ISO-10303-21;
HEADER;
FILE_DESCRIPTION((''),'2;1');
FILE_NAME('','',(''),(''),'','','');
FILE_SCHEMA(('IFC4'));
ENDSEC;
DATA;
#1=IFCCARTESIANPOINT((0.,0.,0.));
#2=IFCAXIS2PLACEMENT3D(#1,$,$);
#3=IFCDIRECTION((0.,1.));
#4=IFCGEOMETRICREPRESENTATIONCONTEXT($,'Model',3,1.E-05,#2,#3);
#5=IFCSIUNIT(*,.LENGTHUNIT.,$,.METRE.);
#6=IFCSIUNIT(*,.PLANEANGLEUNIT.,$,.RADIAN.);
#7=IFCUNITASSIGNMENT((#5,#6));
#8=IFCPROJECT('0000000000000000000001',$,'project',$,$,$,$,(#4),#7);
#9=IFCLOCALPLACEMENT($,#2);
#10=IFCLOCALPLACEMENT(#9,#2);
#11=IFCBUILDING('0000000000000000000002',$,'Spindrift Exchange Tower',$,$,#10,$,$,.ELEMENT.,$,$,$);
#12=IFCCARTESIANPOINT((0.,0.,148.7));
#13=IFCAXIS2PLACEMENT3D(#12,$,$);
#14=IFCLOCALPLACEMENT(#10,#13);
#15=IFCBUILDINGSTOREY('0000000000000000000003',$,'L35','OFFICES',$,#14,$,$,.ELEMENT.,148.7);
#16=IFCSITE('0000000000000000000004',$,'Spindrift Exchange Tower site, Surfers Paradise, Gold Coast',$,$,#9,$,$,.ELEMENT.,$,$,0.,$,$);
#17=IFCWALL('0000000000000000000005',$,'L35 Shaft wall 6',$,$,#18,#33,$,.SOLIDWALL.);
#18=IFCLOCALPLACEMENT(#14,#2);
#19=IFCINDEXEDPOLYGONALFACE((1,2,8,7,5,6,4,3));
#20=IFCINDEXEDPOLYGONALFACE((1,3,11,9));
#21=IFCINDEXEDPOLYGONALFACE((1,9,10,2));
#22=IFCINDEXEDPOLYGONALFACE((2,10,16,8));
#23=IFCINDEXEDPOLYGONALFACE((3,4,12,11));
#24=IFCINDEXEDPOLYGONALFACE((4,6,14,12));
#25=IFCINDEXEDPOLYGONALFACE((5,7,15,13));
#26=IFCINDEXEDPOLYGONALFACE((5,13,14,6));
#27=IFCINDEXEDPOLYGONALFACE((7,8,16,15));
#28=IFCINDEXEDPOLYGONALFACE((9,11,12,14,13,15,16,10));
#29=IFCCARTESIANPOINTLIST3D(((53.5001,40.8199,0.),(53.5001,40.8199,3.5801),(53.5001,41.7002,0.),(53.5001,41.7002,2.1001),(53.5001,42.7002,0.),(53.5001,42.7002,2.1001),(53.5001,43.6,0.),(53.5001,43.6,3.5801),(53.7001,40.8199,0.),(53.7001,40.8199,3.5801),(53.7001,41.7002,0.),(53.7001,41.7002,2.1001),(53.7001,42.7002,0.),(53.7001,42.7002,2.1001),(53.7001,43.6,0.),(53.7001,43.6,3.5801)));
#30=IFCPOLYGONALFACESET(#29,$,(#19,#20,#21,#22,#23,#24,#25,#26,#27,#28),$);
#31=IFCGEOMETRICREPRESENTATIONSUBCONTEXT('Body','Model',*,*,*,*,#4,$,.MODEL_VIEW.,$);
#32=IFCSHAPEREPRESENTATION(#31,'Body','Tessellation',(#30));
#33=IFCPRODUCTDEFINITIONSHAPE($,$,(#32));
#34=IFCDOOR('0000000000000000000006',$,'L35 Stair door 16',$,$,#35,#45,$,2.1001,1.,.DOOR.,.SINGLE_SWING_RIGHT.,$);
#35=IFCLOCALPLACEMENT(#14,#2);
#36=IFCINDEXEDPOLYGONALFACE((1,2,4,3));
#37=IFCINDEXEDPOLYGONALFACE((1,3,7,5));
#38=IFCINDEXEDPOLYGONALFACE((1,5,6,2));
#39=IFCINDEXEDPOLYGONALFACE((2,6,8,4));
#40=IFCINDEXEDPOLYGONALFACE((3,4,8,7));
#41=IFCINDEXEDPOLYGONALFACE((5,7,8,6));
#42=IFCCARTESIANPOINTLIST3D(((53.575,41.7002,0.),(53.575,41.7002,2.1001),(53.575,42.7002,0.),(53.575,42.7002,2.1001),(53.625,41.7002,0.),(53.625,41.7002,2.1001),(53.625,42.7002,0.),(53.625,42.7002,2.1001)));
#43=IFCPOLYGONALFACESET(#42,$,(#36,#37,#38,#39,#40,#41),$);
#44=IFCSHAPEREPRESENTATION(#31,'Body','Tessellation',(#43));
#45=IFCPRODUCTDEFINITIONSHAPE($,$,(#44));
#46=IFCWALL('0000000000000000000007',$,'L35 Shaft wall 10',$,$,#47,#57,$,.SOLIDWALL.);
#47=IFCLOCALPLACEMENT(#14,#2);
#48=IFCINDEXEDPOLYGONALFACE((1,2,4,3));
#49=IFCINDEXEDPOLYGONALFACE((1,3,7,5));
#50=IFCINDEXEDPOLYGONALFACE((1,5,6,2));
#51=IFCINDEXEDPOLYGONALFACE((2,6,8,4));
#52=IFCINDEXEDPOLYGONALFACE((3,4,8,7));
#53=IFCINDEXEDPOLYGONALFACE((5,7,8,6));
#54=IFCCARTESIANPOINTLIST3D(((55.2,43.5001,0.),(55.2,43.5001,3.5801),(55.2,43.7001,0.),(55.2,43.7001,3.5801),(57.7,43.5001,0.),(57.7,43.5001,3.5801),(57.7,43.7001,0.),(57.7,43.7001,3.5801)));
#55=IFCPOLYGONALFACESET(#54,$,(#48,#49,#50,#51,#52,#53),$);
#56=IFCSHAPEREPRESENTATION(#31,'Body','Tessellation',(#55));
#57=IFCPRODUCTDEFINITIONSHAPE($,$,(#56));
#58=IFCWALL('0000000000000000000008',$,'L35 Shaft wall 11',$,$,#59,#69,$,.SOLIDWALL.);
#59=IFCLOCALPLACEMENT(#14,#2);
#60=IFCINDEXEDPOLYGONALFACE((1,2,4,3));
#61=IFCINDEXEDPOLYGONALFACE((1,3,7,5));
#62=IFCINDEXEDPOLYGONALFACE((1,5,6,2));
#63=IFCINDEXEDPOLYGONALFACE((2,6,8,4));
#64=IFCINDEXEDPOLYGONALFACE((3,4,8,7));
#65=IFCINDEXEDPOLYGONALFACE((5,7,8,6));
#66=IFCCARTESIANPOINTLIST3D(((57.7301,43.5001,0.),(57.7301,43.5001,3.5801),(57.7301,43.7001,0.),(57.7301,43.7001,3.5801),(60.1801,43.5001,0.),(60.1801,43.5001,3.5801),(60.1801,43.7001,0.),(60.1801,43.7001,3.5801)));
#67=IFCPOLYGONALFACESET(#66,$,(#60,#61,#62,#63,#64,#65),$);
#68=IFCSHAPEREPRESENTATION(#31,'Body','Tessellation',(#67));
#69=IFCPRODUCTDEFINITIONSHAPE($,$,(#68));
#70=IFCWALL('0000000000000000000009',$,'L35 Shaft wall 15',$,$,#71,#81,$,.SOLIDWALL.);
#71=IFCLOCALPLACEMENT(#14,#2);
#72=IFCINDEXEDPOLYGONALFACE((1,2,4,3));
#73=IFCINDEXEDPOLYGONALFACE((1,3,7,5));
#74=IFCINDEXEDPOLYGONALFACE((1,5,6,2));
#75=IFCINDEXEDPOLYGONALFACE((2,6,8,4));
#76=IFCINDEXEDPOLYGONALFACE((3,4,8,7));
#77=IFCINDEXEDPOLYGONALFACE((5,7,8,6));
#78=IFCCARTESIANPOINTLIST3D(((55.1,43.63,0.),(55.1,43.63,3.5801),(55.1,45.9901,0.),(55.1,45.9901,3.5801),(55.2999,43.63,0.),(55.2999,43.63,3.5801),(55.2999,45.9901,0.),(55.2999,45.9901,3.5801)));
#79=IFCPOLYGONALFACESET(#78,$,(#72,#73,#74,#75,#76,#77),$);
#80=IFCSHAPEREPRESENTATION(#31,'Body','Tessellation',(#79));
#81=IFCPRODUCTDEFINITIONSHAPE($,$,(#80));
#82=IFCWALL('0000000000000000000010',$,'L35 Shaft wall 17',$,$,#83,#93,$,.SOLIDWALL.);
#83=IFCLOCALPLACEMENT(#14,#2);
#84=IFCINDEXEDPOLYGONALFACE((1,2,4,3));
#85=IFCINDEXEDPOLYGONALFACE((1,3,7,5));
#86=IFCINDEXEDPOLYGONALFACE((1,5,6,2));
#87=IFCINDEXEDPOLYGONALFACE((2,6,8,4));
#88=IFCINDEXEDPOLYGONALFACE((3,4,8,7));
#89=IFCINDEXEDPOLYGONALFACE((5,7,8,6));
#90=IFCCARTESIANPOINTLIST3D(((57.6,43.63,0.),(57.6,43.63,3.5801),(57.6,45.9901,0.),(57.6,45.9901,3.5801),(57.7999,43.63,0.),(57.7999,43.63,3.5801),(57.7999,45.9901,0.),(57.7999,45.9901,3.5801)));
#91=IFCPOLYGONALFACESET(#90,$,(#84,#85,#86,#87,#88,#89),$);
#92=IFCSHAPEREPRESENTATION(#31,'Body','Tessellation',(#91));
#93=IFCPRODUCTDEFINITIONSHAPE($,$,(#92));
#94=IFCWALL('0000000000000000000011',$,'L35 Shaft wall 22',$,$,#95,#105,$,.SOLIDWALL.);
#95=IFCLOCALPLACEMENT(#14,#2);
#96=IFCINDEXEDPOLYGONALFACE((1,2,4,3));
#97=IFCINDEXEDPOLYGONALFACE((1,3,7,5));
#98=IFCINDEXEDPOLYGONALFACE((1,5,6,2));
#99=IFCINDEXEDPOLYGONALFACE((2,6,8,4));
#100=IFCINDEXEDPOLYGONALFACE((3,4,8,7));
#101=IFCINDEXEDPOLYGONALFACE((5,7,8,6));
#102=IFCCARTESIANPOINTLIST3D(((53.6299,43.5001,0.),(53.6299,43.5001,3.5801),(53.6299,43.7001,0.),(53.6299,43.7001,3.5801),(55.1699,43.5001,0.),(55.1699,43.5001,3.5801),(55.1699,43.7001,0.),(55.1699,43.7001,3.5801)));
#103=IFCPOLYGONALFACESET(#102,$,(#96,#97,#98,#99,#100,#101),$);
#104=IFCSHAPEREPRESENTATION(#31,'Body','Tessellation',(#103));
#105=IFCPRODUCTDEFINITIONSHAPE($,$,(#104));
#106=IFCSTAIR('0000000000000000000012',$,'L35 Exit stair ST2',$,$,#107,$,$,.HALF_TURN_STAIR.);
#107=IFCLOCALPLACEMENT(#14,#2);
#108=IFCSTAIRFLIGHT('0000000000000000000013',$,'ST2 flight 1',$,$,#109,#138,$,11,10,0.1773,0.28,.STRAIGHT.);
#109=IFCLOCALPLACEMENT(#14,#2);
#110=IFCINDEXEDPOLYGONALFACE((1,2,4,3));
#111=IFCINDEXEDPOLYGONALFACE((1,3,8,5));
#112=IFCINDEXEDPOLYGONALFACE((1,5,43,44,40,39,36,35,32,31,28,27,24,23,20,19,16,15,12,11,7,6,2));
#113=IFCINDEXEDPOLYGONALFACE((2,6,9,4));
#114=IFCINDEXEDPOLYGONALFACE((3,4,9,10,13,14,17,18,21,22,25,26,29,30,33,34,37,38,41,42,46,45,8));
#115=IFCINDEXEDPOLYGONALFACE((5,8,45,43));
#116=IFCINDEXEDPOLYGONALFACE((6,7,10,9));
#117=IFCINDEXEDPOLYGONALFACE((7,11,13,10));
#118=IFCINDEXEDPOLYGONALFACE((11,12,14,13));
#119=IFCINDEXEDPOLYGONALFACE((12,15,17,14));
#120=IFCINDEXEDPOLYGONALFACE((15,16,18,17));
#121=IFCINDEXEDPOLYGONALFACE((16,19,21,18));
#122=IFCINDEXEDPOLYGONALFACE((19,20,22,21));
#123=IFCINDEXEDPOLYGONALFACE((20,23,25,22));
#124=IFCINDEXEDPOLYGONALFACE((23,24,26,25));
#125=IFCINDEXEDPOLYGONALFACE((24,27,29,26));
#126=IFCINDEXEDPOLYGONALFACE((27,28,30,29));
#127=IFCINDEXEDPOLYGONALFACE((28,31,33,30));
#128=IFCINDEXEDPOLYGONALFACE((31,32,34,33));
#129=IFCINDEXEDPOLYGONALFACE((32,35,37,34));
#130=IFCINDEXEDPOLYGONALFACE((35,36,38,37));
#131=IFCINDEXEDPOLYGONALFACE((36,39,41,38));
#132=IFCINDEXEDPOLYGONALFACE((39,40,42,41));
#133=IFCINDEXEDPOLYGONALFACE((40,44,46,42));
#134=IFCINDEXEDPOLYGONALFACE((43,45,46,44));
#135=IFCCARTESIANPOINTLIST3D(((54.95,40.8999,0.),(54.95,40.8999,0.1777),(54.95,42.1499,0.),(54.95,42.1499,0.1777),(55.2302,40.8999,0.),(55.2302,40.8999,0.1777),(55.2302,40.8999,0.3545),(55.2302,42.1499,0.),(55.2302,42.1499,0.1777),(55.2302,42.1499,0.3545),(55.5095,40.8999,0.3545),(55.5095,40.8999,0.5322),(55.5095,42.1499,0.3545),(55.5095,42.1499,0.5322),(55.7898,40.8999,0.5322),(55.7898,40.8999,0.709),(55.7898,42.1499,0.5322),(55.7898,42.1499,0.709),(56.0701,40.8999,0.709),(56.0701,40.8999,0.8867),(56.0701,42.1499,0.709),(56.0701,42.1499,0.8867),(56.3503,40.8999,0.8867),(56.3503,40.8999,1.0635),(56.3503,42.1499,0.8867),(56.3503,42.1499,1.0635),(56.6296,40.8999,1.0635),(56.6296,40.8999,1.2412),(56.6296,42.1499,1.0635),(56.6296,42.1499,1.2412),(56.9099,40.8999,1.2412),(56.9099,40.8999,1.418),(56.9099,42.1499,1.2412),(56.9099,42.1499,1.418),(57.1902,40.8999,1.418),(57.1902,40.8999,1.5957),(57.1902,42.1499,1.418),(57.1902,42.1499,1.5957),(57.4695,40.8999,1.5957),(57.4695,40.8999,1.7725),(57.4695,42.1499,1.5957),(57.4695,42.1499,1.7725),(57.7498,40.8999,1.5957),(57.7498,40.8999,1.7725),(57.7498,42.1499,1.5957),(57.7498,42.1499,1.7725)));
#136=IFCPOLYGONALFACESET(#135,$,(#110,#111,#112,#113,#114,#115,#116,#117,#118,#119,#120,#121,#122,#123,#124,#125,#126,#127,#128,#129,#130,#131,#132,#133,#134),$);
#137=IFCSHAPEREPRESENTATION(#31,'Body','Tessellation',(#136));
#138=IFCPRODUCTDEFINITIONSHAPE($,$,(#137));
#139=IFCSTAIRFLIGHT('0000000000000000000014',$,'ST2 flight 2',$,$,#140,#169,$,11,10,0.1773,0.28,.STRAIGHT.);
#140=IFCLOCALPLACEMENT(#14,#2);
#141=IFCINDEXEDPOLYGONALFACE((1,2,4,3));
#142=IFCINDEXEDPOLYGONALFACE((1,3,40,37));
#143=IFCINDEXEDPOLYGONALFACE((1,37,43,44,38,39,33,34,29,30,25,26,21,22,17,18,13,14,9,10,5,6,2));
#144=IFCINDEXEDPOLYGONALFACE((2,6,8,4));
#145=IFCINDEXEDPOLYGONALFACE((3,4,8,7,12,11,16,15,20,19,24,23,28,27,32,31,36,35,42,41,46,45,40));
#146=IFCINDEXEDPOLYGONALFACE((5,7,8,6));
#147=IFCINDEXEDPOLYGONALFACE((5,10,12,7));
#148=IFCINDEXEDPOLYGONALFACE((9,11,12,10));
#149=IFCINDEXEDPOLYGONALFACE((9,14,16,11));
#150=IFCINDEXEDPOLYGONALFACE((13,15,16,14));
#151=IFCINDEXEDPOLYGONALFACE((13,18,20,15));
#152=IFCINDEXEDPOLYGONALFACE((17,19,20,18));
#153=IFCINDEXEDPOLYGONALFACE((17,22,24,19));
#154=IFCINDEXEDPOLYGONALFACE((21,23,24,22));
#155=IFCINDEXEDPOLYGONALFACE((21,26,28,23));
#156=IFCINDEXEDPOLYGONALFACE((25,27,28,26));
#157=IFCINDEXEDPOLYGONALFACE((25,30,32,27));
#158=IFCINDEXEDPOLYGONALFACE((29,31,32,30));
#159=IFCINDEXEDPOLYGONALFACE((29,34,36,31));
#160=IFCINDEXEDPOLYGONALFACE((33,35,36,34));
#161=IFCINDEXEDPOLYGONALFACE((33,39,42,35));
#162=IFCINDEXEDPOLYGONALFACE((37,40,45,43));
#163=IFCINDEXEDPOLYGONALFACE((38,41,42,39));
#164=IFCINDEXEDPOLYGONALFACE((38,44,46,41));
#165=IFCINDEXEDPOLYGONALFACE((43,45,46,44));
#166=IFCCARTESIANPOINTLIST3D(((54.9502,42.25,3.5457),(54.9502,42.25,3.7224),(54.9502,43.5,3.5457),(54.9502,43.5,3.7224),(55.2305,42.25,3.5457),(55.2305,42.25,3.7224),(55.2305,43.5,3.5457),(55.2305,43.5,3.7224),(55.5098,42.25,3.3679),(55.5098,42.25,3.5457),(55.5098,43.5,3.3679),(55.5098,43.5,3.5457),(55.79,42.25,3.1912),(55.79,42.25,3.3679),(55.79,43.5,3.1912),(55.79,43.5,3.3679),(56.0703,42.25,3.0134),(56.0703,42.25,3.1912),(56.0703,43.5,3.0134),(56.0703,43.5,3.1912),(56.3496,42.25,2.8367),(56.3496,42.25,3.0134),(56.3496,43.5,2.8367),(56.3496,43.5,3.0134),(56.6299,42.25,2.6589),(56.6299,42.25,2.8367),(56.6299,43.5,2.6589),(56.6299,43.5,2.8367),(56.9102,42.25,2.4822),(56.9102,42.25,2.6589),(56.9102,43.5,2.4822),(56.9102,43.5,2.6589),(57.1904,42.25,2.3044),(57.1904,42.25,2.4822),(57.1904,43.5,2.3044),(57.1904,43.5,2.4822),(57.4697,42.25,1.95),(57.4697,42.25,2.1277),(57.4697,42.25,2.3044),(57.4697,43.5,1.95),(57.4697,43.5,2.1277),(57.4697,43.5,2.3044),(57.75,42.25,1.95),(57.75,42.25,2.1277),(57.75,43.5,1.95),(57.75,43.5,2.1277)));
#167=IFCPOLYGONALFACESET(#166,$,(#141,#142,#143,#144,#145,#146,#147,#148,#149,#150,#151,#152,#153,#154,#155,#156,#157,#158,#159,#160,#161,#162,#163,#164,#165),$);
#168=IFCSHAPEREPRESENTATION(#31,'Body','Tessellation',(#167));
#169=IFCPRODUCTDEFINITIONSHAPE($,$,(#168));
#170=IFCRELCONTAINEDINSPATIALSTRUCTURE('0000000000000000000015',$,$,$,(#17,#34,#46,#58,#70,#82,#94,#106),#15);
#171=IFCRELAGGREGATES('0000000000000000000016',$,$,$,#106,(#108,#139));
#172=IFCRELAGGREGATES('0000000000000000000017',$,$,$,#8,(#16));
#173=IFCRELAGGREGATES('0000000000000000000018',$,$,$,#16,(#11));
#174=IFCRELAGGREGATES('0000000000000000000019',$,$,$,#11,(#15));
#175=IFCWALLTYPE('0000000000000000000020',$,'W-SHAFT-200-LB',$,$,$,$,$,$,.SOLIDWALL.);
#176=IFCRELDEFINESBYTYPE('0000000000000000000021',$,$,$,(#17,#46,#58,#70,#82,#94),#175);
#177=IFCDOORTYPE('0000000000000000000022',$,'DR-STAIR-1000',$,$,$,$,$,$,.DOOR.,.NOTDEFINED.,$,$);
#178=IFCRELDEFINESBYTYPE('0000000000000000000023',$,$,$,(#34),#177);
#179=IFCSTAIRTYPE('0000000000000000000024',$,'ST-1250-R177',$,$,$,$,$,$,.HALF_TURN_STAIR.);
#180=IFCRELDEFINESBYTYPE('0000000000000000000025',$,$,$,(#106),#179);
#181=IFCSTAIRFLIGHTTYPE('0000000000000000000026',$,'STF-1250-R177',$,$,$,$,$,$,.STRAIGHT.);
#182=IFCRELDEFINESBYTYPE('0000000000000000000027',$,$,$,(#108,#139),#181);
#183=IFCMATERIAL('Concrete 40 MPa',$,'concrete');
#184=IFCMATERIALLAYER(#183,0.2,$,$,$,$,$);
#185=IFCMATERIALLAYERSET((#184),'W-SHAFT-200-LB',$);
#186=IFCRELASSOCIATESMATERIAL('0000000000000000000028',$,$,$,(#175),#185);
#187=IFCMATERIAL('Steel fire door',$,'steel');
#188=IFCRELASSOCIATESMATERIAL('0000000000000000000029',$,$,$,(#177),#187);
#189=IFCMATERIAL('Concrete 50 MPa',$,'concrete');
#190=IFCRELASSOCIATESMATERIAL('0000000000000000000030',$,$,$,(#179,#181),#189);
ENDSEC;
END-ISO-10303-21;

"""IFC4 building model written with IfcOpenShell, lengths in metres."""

from ifc_helpers import new_model, si_unit, direction, frame, frame_2d, origin, place, context, subcontext, project, spatial, line, indexed_curve, rectangle, outline, extrude, source, transform, mapped, material, layer, layer_set, type_object, element, fill, aggregate, save


model = new_model("IFC4")

# Units and contexts
model_context = context("Model", 3, precision=1e-05, world=origin(), true_north=direction((0.0, 1.0)))
body_context = subcontext(model_context, "Body", "Model", "MODEL_VIEW")
ifc_project = project(units=[si_unit("LENGTHUNIT", "METRE"), si_unit("PLANEANGLEUNIT", "RADIAN")], contexts=[model_context])

# Site, building, storey
site_placement = place(None, origin())
site = spatial("IfcSite", under=ifc_project, at=site_placement, Name="Spindrift Exchange Tower site, Surfers Paradise, Gold Coast", CompositionType="ELEMENT", RefElevation=0.0)
building_placement = place(site_placement, origin())
building = spatial("IfcBuilding", under=site, at=building_placement, Name="Spindrift Exchange Tower", CompositionType="ELEMENT")
storey_placement = place(building_placement, frame((0.0, 0.0, 148.7)))
storey = spatial("IfcBuildingStorey", under=building, at=storey_placement, Name="L35", Description="OFFICES", CompositionType="ELEMENT", Elevation=148.7)

# Wall, opening, door
ifc_material_1 = material(Name="Concrete 40 MPa", Category="concrete")
ifc_layer_1 = layer(ifc_material_1, 0.2)
ifc_layer_set_1 = layer_set([ifc_layer_1], Name="W-SHAFT-200-LB")
wall_type_1 = type_object("IfcWallType", Name="W-SHAFT-200-LB", PredefinedType="SOLIDWALL", material=ifc_layer_set_1)
wall_1_placement = place(storey_placement, frame((53.6001, 43.6001, 0.0), z_axis=(0.0, 0.0, 1.0), x_axis=(0.0, -1.0, 0.0)))
wall_1 = element("IfcWall", 1, at=wall_1_placement, inside=storey, type_object=wall_type_1, Name="L35 Shaft wall 6", PredefinedType="SOLIDWALL", context=body_context, shape_type="SweptSolid", body=[
    extrude(rectangle(XDim=2.78, YDim=0.2, at=frame_2d((1.3901, 0.0))), origin(), (0.0, 0.0, 1.0), 3.5801),
])
opening_1_placement = place(wall_1_placement, frame((0.8999, 0.0, 0.0)))
opening_1 = element("IfcOpeningElement", 2, at=opening_1_placement, cuts=wall_1, PredefinedType="OPENING", context=body_context, shape_type="SweptSolid", body=[
    extrude(rectangle(XDim=1.0, YDim=2.1001, at=frame_2d((0.5, 1.05))), frame((0.0, 0.1099, 0.0), z_axis=(0.0, -1.0, 0.0), x_axis=(1.0, 0.0, 0.0)), (0.0, 0.0, 1.0), 0.22),
])
ifc_material_2 = material(Name="Steel fire door", Category="steel")
door_type_1 = type_object("IfcDoorType", Name="DR-STAIR-1000", OperationType="NOTDEFINED", PredefinedType="DOOR", material=ifc_material_2)
shared_shape_1 = source(origin(), body_context, "Body", "SweptSolid", [
    extrude(rectangle(XDim=1.0, YDim=2.1001, at=frame_2d((0.5, 1.05))), frame((0.0, 0.0249, 0.0), z_axis=(0.0, -1.0, 0.0), x_axis=(1.0, 0.0, 0.0)), (0.0, 0.0, 1.0), 0.05),
])
door_1_placement = place(opening_1_placement, origin())
door_1 = element("IfcDoor", 3, at=door_1_placement, inside=storey, type_object=door_type_1, Name="L35 Stair door 16", OperationType="SINGLE_SWING_RIGHT", OverallHeight=2.1001, OverallWidth=1.0, PredefinedType="DOOR", context=body_context, shape_type="MappedRepresentation", body=[
    mapped(shared_shape_1, transform((0.0, 0.0, 0.0), scale=1.0)),
])
fill(opening_1, door_1)

# Walls
wall_2_placement = place(storey_placement, frame((55.2, 43.6001, 0.0), z_axis=(0.0, 0.0, 1.0), x_axis=(1.0, 0.0, 0.0)))
element("IfcWall", 4, at=wall_2_placement, inside=storey, type_object=wall_type_1, Name="L35 Shaft wall 10", PredefinedType="SOLIDWALL", context=body_context, shape_type="SweptSolid", body=[
    extrude(rectangle(XDim=2.5, YDim=0.2, at=frame_2d((1.25, 0.0))), origin(), (0.0, 0.0, 1.0), 3.5801),
])
wall_3_placement = place(storey_placement, frame((57.73, 43.6001, 0.0), z_axis=(0.0, 0.0, 1.0), x_axis=(1.0, 0.0, 0.0)))
element("IfcWall", 5, at=wall_3_placement, inside=storey, type_object=wall_type_1, Name="L35 Shaft wall 11", PredefinedType="SOLIDWALL", context=body_context, shape_type="SweptSolid", body=[
    extrude(rectangle(XDim=2.45, YDim=0.2, at=frame_2d((1.2251, 0.0))), origin(), (0.0, 0.0, 1.0), 3.5801),
])
for number, where, z_axis, x_axis, name in (
    (6, (55.2, 43.6299, 0.0), (0.0, 0.0, 1.0), (0.0, 1.0, 0.0), "L35 Shaft wall 15"),
    (7, (57.7, 43.6299, 0.0), (0.0, 0.0, 1.0), (0.0, 1.0, 0.0), "L35 Shaft wall 17"),
):
    element("IfcWall", number, at=place(storey_placement, frame(where, z_axis=z_axis, x_axis=x_axis)), inside=storey, type_object=wall_type_1, Name=name, PredefinedType="SOLIDWALL", context=body_context, shape_type="SweptSolid", body=[
        extrude(rectangle(XDim=2.3601, YDim=0.2, at=frame_2d((1.1802, 0.0))), origin(), (0.0, 0.0, 1.0), 3.5801),
    ])
wall_4_placement = place(storey_placement, frame((53.6299, 43.6001, 0.0), z_axis=(0.0, 0.0, 1.0), x_axis=(1.0, 0.0, 0.0)))
element("IfcWall", 8, at=wall_4_placement, inside=storey, type_object=wall_type_1, Name="L35 Shaft wall 22", PredefinedType="SOLIDWALL", context=body_context, shape_type="SweptSolid", body=[
    extrude(rectangle(XDim=1.54, YDim=0.2, at=frame_2d((0.77, 0.0))), origin(), (0.0, 0.0, 1.0), 3.5801),
])

# Stair, stair flights
ifc_material_3 = material(Name="Concrete 50 MPa", Category="concrete")
stair_type = type_object("IfcStairType", Name="ST-1250-R177", PredefinedType="HALF_TURN_STAIR", material=ifc_material_3)
stair_placement = place(storey_placement, origin())
stair = element("IfcStair", 9, at=stair_placement, inside=storey, type_object=stair_type, Name="L35 Exit stair ST2", PredefinedType="HALF_TURN_STAIR")
stair_flight_type = type_object("IfcStairFlightType", Name="STF-1250-R177", PredefinedType="STRAIGHT", material=ifc_material_3)
stair_flight_1_placement = place(storey_placement, frame((54.95, 41.5249, 0.0), z_axis=(0.0, 0.0, 1.0), x_axis=(1.0, 0.0, 0.0)))
stair_flight_1 = element("IfcStairFlight", 10, at=stair_flight_1_placement, type_object=stair_flight_type, Name="ST2 flight 1", NumberOfRisers=11, NumberOfTreads=10, PredefinedType="STRAIGHT", RiserHeight=0.1773, TreadLength=0.28, context=body_context, shape_type="SweptSolid", body=[
    extrude(outline(indexed_curve([(0.0, 0.0), (0.0, 0.1777), (0.2803, 0.1777), (0.2803, 0.3545), (0.5596, 0.3545), (0.5596, 0.5322), (0.8398, 0.5322), (0.8398, 0.709), (1.1201, 0.709), (1.1201, 0.8867), (1.4004, 0.8867), (1.4004, 1.0635), (1.6797, 1.0635), (1.6797, 1.2412), (1.96, 1.2412), (1.96, 1.418), (2.2402, 1.418), (2.2402, 1.5957), (2.5195, 1.5957), (2.5195, 1.7725), (2.7998, 1.7725), (2.7998, 1.9502), (2.7998, 1.5957), (0.2803, 0.0)], segments=[line(1, 2, 3, 4, 5, 6, 7, 8, 9, 10, 11, 12, 13, 14, 15, 16, 17, 18, 19, 20, 21, 22, 23, 24, 1)], self_intersect=False)), frame((0.0, 0.625, 0.0), z_axis=(0.0, -1.0, 0.0), x_axis=(1.0, 0.0, 0.0)), (0.0, 0.0, 1.0), 1.25),
])
stair_flight_2_placement = place(storey_placement, frame((57.75, 42.875, 1.95), z_axis=(0.0, 0.0, 1.0), x_axis=(-1.0, 0.0, 0.0)))
stair_flight_2 = element("IfcStairFlight", 11, at=stair_flight_2_placement, type_object=stair_flight_type, Name="ST2 flight 2", NumberOfRisers=11, NumberOfTreads=10, PredefinedType="STRAIGHT", RiserHeight=0.1773, TreadLength=0.28, context=body_context, shape_type="SweptSolid", body=[
    extrude(outline(indexed_curve([(0.0, 0.0), (0.0, 0.1777), (0.2803, 0.1777), (0.2803, 0.3545), (0.5596, 0.3545), (0.5596, 0.5322), (0.8398, 0.5322), (0.8398, 0.709), (1.1201, 0.709), (1.1201, 0.8867), (1.4004, 0.8867), (1.4004, 1.0635), (1.6797, 1.0635), (1.6797, 1.2412), (1.96, 1.2412), (1.96, 1.418), (2.2402, 1.418), (2.2402, 1.5957), (2.5195, 1.5957), (2.5195, 1.7725), (2.7998, 1.7725), (2.7998, 1.9502), (2.7998, 1.5957), (0.2803, 0.0)], segments=[line(1, 2, 3, 4, 5, 6, 7, 8, 9, 10, 11, 12, 13, 14, 15, 16, 17, 18, 19, 20, 21, 22, 23, 24, 1)], self_intersect=False)), frame((0.0, 0.625, 0.0), z_axis=(0.0, -1.0, 0.0), x_axis=(1.0, 0.0, 0.0)), (0.0, 0.0, 1.0), 1.25),
])
aggregate(stair, [stair_flight_1, stair_flight_2])

save(model, "model.ifc")
